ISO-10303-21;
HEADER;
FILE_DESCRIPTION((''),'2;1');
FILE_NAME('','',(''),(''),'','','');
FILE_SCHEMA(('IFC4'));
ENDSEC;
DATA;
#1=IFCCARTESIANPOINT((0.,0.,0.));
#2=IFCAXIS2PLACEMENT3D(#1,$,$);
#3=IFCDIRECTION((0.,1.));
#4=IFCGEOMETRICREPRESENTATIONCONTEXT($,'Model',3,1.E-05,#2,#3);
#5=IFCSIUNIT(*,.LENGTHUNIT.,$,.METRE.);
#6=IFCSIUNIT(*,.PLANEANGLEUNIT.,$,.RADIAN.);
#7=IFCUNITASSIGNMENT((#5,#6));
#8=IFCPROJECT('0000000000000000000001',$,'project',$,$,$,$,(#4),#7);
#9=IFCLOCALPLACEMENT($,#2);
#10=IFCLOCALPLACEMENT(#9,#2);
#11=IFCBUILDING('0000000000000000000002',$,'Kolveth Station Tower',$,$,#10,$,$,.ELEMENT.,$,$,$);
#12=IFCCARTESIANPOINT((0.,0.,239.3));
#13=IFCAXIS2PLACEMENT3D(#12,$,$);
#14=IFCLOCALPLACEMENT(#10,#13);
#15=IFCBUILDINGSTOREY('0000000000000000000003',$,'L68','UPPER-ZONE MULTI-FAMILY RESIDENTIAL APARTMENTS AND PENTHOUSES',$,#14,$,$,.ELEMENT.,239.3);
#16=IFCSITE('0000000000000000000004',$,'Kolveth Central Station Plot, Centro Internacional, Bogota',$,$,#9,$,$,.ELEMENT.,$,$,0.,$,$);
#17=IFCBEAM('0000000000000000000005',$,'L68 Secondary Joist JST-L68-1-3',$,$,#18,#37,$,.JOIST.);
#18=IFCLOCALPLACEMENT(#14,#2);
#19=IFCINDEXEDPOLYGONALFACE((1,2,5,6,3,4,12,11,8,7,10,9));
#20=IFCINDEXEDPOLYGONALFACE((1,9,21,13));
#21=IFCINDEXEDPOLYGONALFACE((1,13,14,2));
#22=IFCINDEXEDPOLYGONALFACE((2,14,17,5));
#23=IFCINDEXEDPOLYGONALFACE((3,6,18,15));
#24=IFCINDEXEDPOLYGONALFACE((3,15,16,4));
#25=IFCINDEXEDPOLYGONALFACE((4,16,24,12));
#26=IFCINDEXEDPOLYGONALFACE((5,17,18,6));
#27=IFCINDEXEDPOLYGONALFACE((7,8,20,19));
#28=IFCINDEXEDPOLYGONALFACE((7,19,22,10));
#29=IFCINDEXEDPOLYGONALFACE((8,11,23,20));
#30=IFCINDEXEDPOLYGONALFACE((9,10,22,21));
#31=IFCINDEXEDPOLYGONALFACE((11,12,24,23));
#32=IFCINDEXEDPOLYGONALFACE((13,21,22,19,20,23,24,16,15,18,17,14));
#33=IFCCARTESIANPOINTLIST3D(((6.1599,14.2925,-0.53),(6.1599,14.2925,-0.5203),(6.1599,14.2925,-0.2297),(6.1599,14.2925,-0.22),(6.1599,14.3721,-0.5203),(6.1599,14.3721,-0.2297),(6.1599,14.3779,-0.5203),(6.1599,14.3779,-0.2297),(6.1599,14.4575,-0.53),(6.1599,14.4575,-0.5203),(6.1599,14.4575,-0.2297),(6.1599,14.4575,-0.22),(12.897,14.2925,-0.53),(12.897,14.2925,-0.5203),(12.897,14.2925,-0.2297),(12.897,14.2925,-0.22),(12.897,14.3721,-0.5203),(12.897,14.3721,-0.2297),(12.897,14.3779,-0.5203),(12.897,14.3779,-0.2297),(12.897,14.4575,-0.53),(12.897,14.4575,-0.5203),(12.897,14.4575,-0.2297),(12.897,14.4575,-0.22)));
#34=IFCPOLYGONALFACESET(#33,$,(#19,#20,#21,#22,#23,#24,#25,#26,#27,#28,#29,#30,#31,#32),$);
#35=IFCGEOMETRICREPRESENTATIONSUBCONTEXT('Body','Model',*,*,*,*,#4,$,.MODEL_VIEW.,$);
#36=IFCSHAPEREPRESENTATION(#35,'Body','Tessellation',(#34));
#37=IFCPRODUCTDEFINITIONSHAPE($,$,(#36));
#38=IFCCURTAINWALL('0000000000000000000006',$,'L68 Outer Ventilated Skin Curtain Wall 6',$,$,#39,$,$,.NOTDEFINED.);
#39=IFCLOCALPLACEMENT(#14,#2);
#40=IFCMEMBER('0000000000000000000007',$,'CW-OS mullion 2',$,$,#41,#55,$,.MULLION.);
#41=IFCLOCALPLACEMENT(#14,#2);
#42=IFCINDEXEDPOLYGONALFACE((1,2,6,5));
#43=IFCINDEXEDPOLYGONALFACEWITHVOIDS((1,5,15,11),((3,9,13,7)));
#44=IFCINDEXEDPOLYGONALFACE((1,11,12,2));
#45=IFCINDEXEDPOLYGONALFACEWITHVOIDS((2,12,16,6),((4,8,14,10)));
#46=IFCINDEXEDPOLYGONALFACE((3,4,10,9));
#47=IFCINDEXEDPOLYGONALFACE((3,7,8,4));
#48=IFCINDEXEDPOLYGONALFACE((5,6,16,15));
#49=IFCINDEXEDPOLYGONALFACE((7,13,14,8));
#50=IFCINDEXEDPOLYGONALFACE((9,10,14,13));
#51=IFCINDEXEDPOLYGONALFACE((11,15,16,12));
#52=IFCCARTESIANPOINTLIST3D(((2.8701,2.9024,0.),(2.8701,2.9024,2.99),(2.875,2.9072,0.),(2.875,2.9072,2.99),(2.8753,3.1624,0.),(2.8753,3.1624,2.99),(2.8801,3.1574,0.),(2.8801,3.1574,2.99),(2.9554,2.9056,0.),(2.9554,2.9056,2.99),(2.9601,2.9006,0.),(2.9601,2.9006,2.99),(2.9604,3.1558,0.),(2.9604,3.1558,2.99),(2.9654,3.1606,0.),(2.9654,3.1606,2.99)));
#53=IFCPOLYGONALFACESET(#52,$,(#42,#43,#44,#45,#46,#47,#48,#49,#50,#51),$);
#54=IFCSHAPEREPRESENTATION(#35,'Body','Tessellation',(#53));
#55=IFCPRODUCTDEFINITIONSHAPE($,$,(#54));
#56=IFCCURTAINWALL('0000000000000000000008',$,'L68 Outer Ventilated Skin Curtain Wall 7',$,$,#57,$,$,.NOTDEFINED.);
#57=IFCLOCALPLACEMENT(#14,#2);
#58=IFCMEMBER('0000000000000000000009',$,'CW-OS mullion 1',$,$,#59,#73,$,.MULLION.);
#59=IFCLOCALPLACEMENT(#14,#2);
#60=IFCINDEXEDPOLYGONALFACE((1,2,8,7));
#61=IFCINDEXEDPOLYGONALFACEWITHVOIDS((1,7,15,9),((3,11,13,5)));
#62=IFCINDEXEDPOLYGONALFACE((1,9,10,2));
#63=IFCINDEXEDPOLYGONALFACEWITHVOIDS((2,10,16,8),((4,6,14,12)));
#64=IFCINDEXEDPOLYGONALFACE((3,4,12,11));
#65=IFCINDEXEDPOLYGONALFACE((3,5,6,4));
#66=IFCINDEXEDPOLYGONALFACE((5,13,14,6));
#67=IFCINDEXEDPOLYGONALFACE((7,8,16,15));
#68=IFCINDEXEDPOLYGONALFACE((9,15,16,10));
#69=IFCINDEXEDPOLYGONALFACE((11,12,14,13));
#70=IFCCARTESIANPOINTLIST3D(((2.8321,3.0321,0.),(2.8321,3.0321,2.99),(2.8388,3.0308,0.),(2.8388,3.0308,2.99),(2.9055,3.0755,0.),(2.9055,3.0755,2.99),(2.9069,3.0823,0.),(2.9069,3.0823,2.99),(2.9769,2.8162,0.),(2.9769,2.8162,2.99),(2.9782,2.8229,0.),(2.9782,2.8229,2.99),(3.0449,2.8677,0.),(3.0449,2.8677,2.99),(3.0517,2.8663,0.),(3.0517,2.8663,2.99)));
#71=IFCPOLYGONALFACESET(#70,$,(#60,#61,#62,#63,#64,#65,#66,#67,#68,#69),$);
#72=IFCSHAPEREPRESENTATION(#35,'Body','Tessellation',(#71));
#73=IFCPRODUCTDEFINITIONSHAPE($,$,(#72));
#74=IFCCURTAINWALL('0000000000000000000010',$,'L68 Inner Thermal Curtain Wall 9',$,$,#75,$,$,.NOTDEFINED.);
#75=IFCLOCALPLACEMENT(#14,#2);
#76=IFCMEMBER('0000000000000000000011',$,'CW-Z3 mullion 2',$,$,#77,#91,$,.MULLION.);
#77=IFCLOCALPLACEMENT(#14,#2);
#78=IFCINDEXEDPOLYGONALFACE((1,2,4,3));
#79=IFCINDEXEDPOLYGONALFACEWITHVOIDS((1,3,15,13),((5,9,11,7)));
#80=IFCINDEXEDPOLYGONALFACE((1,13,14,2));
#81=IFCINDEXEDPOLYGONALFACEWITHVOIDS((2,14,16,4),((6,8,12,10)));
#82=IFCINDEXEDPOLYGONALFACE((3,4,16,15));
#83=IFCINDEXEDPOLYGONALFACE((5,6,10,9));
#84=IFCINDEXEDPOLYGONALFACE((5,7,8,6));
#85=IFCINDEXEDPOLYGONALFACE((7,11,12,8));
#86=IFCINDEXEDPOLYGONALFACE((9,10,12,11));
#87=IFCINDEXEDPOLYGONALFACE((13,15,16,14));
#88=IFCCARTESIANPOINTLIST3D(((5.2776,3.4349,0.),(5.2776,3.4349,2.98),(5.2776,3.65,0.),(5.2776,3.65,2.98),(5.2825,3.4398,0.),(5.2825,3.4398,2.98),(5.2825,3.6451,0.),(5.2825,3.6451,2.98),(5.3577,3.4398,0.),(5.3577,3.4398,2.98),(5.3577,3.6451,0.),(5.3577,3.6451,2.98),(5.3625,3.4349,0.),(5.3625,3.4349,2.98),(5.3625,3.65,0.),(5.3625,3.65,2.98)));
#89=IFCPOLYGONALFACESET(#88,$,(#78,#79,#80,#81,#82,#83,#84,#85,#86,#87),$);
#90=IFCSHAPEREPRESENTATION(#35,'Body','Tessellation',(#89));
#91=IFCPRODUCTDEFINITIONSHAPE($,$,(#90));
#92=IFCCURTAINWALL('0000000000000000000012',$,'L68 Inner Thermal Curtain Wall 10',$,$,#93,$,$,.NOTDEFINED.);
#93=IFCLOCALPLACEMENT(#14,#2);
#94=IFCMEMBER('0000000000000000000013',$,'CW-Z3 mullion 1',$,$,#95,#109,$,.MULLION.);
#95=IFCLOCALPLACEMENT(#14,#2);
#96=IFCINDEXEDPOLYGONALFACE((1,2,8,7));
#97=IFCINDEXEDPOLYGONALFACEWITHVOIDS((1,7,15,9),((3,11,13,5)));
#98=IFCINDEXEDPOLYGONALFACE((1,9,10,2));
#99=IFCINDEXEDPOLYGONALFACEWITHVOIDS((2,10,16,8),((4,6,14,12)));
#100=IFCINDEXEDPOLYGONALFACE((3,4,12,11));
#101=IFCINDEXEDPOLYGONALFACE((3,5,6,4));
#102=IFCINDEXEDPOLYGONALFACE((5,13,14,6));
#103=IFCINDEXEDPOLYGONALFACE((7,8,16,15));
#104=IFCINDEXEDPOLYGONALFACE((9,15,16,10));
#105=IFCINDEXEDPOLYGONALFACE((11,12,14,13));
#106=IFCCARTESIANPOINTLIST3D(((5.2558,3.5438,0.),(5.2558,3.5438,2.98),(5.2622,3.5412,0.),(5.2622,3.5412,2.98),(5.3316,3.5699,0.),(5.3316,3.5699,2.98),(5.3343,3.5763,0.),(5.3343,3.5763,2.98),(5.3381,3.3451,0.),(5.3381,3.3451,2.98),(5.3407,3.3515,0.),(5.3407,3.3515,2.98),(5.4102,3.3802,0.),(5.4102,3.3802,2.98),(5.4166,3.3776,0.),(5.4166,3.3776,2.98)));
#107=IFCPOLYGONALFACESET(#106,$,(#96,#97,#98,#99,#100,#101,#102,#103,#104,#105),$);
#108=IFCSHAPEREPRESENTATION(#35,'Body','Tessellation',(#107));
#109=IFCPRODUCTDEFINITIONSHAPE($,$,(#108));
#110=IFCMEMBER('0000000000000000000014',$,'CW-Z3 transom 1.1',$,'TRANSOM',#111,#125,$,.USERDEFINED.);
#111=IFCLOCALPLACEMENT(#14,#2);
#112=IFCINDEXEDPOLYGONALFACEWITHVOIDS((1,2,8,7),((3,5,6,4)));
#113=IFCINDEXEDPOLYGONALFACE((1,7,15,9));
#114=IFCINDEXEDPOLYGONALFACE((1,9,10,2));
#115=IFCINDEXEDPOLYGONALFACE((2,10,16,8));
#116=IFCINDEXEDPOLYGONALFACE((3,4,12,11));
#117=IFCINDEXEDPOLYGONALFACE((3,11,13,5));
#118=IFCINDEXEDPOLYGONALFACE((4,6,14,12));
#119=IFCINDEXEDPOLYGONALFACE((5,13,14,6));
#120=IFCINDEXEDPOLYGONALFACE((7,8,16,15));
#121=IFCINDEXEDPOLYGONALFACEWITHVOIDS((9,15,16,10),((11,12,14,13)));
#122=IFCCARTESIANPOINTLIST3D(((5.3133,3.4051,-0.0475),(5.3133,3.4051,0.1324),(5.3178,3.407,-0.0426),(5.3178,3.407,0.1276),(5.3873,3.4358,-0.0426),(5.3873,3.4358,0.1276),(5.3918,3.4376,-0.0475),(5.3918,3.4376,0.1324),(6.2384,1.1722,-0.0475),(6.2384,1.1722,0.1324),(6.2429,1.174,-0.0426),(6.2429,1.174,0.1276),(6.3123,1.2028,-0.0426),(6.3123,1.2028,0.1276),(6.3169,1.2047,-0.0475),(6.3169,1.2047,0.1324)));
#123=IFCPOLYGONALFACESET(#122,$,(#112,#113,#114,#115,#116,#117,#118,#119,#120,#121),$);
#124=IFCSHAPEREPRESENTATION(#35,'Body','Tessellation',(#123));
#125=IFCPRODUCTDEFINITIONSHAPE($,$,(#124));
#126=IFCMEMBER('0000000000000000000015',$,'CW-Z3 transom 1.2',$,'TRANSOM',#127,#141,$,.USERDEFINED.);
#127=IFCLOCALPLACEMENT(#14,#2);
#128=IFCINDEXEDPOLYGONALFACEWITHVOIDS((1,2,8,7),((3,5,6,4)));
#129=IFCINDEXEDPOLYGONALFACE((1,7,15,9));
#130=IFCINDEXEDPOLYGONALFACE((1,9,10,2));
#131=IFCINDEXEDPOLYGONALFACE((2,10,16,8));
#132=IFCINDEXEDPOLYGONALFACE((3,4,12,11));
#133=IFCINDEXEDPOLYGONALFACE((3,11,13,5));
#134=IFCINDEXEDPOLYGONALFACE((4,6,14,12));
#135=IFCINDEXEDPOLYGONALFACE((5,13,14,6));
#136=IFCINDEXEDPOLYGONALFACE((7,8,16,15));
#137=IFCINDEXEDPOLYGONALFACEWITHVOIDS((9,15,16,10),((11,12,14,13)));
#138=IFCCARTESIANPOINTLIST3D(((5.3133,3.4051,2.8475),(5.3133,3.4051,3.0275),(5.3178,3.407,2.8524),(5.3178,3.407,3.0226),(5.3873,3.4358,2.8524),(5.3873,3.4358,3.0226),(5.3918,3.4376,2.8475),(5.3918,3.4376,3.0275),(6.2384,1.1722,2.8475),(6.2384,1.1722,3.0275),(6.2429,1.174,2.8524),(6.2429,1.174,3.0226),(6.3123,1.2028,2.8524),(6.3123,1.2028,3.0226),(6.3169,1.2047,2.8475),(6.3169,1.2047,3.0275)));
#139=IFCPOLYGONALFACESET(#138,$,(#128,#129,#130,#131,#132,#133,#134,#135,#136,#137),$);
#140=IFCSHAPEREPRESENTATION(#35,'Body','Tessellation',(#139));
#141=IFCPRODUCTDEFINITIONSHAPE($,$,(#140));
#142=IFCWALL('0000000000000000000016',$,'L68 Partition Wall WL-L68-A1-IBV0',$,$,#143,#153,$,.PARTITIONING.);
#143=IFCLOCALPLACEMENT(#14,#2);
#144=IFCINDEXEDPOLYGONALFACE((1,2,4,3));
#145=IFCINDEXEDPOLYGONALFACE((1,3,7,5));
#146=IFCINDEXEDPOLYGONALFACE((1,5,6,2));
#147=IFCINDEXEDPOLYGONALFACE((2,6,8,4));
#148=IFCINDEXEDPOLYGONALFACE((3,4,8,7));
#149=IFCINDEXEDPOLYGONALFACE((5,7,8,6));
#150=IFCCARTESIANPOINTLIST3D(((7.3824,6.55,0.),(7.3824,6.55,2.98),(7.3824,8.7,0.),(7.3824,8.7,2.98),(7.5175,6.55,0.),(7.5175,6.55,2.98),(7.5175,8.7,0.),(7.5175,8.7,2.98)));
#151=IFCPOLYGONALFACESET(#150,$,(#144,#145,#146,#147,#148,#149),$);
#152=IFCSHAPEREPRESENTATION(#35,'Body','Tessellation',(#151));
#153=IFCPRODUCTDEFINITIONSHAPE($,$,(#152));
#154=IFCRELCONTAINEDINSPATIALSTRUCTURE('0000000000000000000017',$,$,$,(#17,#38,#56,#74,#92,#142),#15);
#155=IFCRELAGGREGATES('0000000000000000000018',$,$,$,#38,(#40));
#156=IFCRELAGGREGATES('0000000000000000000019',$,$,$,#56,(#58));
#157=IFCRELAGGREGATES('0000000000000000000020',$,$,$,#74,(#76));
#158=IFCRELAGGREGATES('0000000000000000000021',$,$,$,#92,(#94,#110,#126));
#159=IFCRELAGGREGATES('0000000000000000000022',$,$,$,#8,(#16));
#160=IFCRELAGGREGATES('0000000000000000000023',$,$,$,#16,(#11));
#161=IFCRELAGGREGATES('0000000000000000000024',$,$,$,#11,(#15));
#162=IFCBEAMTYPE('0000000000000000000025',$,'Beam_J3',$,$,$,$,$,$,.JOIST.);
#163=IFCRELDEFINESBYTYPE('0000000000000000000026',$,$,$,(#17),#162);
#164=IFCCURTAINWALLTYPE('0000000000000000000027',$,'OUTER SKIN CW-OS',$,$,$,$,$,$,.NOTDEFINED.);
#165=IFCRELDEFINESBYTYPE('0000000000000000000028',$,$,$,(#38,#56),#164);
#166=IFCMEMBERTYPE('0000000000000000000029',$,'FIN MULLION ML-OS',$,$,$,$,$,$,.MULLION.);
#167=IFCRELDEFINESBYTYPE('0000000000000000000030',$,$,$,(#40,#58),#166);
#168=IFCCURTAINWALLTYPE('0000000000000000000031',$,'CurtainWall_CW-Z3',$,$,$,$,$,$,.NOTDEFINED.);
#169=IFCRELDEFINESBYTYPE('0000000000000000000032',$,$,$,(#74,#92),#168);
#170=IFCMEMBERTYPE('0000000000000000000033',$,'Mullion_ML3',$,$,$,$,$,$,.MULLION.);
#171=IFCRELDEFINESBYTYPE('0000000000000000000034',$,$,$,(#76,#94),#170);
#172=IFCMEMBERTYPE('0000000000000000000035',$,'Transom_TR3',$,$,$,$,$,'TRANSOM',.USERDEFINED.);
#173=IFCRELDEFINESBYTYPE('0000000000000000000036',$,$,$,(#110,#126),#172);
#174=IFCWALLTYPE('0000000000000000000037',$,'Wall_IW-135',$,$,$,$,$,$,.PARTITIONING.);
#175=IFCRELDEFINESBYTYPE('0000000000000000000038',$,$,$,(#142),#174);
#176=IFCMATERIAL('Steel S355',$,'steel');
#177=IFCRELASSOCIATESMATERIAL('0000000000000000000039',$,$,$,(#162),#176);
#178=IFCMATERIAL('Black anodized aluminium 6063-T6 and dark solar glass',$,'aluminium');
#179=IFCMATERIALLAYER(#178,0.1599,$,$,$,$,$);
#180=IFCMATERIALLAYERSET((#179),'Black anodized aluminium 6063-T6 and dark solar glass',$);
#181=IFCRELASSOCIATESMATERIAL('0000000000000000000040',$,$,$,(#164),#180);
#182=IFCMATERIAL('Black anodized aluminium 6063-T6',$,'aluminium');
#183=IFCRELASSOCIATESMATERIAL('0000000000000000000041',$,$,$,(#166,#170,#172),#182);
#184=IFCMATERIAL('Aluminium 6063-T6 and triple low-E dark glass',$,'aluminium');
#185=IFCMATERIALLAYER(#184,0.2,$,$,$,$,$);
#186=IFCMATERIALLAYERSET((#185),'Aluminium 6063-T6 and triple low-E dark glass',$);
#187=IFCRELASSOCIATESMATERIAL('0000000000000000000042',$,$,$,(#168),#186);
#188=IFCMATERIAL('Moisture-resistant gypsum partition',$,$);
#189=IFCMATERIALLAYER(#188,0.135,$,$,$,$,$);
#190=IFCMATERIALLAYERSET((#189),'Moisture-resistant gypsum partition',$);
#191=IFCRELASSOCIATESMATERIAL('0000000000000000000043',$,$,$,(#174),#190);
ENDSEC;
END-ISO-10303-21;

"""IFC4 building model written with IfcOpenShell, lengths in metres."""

from ifc_helpers import new_model, si_unit, direction, frame, frame_2d, origin, origin_2d, place, context, subcontext, project, spatial, rectangle, hollow_rectangle, i_section, extrude, source, transform, mapped, material, layer, layer_set, material_profile, profile_set, type_object, element, aggregate, save


model = new_model("IFC4")

# Units and contexts
model_context = context("Model", 3, precision=1e-05, world=origin(), true_north=direction((0.0, 1.0)))
body_context = subcontext(model_context, "Body", "Model", "MODEL_VIEW")
ifc_project = project(units=[si_unit("LENGTHUNIT", "METRE"), si_unit("PLANEANGLEUNIT", "RADIAN")], contexts=[model_context])

# Site, building, storey
site_placement = place(None, origin())
site = spatial("IfcSite", under=ifc_project, at=site_placement, Name="Kolveth Central Station Plot, Centro Internacional, Bogota", CompositionType="ELEMENT", RefElevation=0.0)
building_placement = place(site_placement, origin())
building = spatial("IfcBuilding", under=site, at=building_placement, Name="Kolveth Station Tower", CompositionType="ELEMENT")
storey_placement = place(building_placement, frame((0.0, 0.0, 239.3)))
storey = spatial("IfcBuildingStorey", under=building, at=storey_placement, Name="L68", Description="UPPER-ZONE MULTI-FAMILY RESIDENTIAL APARTMENTS AND PENTHOUSES", CompositionType="ELEMENT", Elevation=239.3)

# Shared definitions
ifc_material_1 = material(Name="Steel S355", Category="steel")

# Beam
ifc_material_profile_1 = material_profile(ifc_material_1, i_section(OverallWidth=0.165, OverallDepth=0.3101, WebThickness=0.0059, FlangeThickness=0.0098, at=origin_2d()), Name="W310x39")
ifc_profile_set_1 = profile_set([ifc_material_profile_1], Name="Steel S355")
beam_type_1 = type_object("IfcBeamType", Name="Beam_J3", PredefinedType="JOIST", material=ifc_profile_set_1)
shared_shape_1 = source(origin(), body_context, "Body", "SweptSolid", [
    extrude(i_section(OverallWidth=0.165, OverallDepth=0.3101, WebThickness=0.0059, FlangeThickness=0.0098, at=origin_2d()), origin(), (0.0, 0.0, 1.0), 6.7371),
])
for number, where, z_axis, x_axis, name in (
    (1, (6.1599, 14.375, -0.375), (1.0, 0.0, 0.0), (0.0, 1.0, 0.0), "L68 Secondary Joist JST-L68-1-3"),
):
    element("IfcBeam", number, at=place(storey_placement, frame(where, z_axis=z_axis, x_axis=x_axis)), inside=storey, type_object=beam_type_1, Name=name, PredefinedType="JOIST", context=body_context, shape_type="MappedRepresentation", body=[
        mapped(shared_shape_1, transform((0.0, 0.0, 0.0), x_axis=(1.0, 0.0, 0.0), y_axis=(0.0, 1.0, 0.0), z_axis=(0.0, 0.0, 1.0), scale=1.0)),
    ])

# Curtain walls, members
ifc_material_2 = material(Name="Black anodized aluminium 6063-T6 and dark solar glass", Category="aluminium")
ifc_layer_1 = layer(ifc_material_2, 0.1599)
ifc_layer_set_1 = layer_set([ifc_layer_1], Name="Black anodized aluminium 6063-T6 and dark solar glass")
curtain_wall_type_1 = type_object("IfcCurtainWallType", Name="OUTER SKIN CW-OS", PredefinedType="NOTDEFINED", material=ifc_layer_set_1)
curtain_wall_1_placement = place(storey_placement, origin())
curtain_wall_1 = element("IfcCurtainWall", 2, at=curtain_wall_1_placement, inside=storey, type_object=curtain_wall_type_1, Name="L68 Outer Ventilated Skin Curtain Wall 6", PredefinedType="NOTDEFINED")
ifc_material_3 = material(Name="Black anodized aluminium 6063-T6", Category="aluminium")
ifc_material_profile_2 = material_profile(ifc_material_3, hollow_rectangle(XDim=0.0901, YDim=0.26, WallThickness=0.0049, at=origin_2d()), Name="ALU-90x260x5")
ifc_profile_set_2 = profile_set([ifc_material_profile_2], Name="Black anodized aluminium 6063-T6")
member_type_1 = type_object("IfcMemberType", Name="FIN MULLION ML-OS", PredefinedType="MULLION", material=ifc_profile_set_2)
shared_shape_2 = source(origin(), body_context, "Body", "SweptSolid", [
    extrude(hollow_rectangle(XDim=0.0901, YDim=0.26, WallThickness=0.0049, at=origin_2d()), origin(), (0.0, 0.0, 1.0), 2.99),
])
member_1_placement = place(storey_placement, frame((2.9177, 3.0315, 0.0), z_axis=(0.0, 0.0, 1.0), x_axis=(0.999796, -0.020198, 0.0)))
member_1 = element("IfcMember", 3, at=member_1_placement, type_object=member_type_1, Name="CW-OS mullion 2", PredefinedType="MULLION", context=body_context, shape_type="MappedRepresentation", body=[
    mapped(shared_shape_2, transform((0.0, 0.0, 0.0), x_axis=(1.0, 0.0, 0.0), y_axis=(0.0, 1.0, 0.0), z_axis=(0.0, 0.0, 1.0), scale=1.0)),
])
aggregate(curtain_wall_1, [member_1])
curtain_wall_2_placement = place(storey_placement, origin())
curtain_wall_2 = element("IfcCurtainWall", 4, at=curtain_wall_2_placement, inside=storey, type_object=curtain_wall_type_1, Name="L68 Outer Ventilated Skin Curtain Wall 7", PredefinedType="NOTDEFINED")
member_2_placement = place(storey_placement, frame((2.9419, 2.9492, 0.0), z_axis=(0.0, 0.0, 1.0), x_axis=(0.830458, 0.557081, 0.0)))
member_2 = element("IfcMember", 5, at=member_2_placement, type_object=member_type_1, Name="CW-OS mullion 1", PredefinedType="MULLION", context=body_context, shape_type="MappedRepresentation", body=[
    mapped(shared_shape_2, transform((0.0, 0.0, 0.0), x_axis=(1.0, 0.0, 0.0), y_axis=(0.0, 1.0, 0.0), z_axis=(0.0, 0.0, 1.0), scale=1.0)),
])
aggregate(curtain_wall_2, [member_2])
ifc_material_4 = material(Name="Aluminium 6063-T6 and triple low-E dark glass", Category="aluminium")
ifc_layer_2 = layer(ifc_material_4, 0.2)
ifc_layer_set_2 = layer_set([ifc_layer_2], Name="Aluminium 6063-T6 and triple low-E dark glass")
curtain_wall_type_2 = type_object("IfcCurtainWallType", Name="CurtainWall_CW-Z3", PredefinedType="NOTDEFINED", material=ifc_layer_set_2)
curtain_wall_3_placement = place(storey_placement, origin())
curtain_wall_3 = element("IfcCurtainWall", 6, at=curtain_wall_3_placement, inside=storey, type_object=curtain_wall_type_2, Name="L68 Inner Thermal Curtain Wall 9", PredefinedType="NOTDEFINED")
ifc_material_profile_3 = material_profile(ifc_material_3, hollow_rectangle(XDim=0.085, YDim=0.2151, WallThickness=0.0049, at=origin_2d()), Name="ALU-85x215x5")
ifc_profile_set_3 = profile_set([ifc_material_profile_3], Name="Black anodized aluminium 6063-T6")
member_type_2 = type_object("IfcMemberType", Name="Mullion_ML3", PredefinedType="MULLION", material=ifc_profile_set_3)
shared_shape_3 = source(origin(), body_context, "Body", "SweptSolid", [
    extrude(hollow_rectangle(XDim=0.085, YDim=0.2151, WallThickness=0.0049, at=origin_2d()), origin(), (0.0, 0.0, 1.0), 2.98),
])
member_3_placement = place(storey_placement, frame((5.3201, 3.5425, 0.0), z_axis=(0.0, 0.0, 1.0), x_axis=(1.0, 0.0, 0.0)))
member_3 = element("IfcMember", 7, at=member_3_placement, type_object=member_type_2, Name="CW-Z3 mullion 2", PredefinedType="MULLION", context=body_context, shape_type="MappedRepresentation", body=[
    mapped(shared_shape_3, transform((0.0, 0.0, 0.0), x_axis=(1.0, 0.0, 0.0), y_axis=(0.0, 1.0, 0.0), z_axis=(0.0, 0.0, 1.0), scale=1.0)),
])
aggregate(curtain_wall_3, [member_3])

# Curtain wall, members
curtain_wall_4_placement = place(storey_placement, origin())
curtain_wall_4 = element("IfcCurtainWall", 8, at=curtain_wall_4_placement, inside=storey, type_object=curtain_wall_type_2, Name="L68 Inner Thermal Curtain Wall 10", PredefinedType="NOTDEFINED")
member_4_placement = place(storey_placement, frame((5.3362, 3.4607, 0.0), z_axis=(0.0, 0.0, 1.0), x_axis=(0.923875, 0.382693, 0.0)))
member_4 = element("IfcMember", 9, at=member_4_placement, type_object=member_type_2, Name="CW-Z3 mullion 1", PredefinedType="MULLION", context=body_context, shape_type="MappedRepresentation", body=[
    mapped(shared_shape_3, transform((0.0, 0.0, 0.0), x_axis=(1.0, 0.0, 0.0), y_axis=(0.0, 1.0, 0.0), z_axis=(0.0, 0.0, 1.0), scale=1.0)),
])
ifc_material_profile_4 = material_profile(ifc_material_3, hollow_rectangle(XDim=0.085, YDim=0.1799, WallThickness=0.0049, at=origin_2d()), Name="ALU-85x180x5")
ifc_profile_set_4 = profile_set([ifc_material_profile_4], Name="Black anodized aluminium 6063-T6")
member_type_3 = type_object("IfcMemberType", Name="Transom_TR3", ElementType="TRANSOM", PredefinedType="USERDEFINED", material=ifc_profile_set_4)
shared_shape_4 = source(origin(), body_context, "Body", "SweptSolid", [
    extrude(hollow_rectangle(XDim=0.085, YDim=0.1799, WallThickness=0.0049, at=origin_2d()), origin(), (0.0, 0.0, 1.0), 2.417),
])
member_5_placement = place(storey_placement, frame((5.3525, 3.4214, 0.0425), z_axis=(0.382735, -0.923858, 0.0), x_axis=(0.923858, 0.382735, 0.0)))
member_5 = element("IfcMember", 10, at=member_5_placement, type_object=member_type_3, Name="CW-Z3 transom 1.1", ObjectType="TRANSOM", PredefinedType="USERDEFINED", context=body_context, shape_type="MappedRepresentation", body=[
    mapped(shared_shape_4, transform((0.0, 0.0, 0.0), x_axis=(1.0, 0.0, 0.0), y_axis=(0.0, 1.0, 0.0), z_axis=(0.0, 0.0, 1.0), scale=1.0)),
])
member_6_placement = place(storey_placement, frame((5.3525, 3.4214, 2.9375), z_axis=(0.382735, -0.923858, 0.0), x_axis=(0.923858, 0.382735, 0.0)))
member_6 = element("IfcMember", 11, at=member_6_placement, type_object=member_type_3, Name="CW-Z3 transom 1.2", ObjectType="TRANSOM", PredefinedType="USERDEFINED", context=body_context, shape_type="MappedRepresentation", body=[
    mapped(shared_shape_4, transform((0.0, 0.0, 0.0), x_axis=(1.0, 0.0, 0.0), y_axis=(0.0, 1.0, 0.0), z_axis=(0.0, 0.0, 1.0), scale=1.0)),
])
aggregate(curtain_wall_4, [member_4, member_5, member_6])

# Shared definitions
ifc_material_5 = material(Name="Moisture-resistant gypsum partition")
ifc_layer_3 = layer(ifc_material_5, 0.135)
ifc_layer_set_3 = layer_set([ifc_layer_3], Name="Moisture-resistant gypsum partition")
wall_type_1 = type_object("IfcWallType", Name="Wall_IW-135", PredefinedType="PARTITIONING", material=ifc_layer_set_3)

# Wall
wall_1_placement = place(storey_placement, frame((7.45, 6.55, 0.0), z_axis=(0.0, 0.0, 1.0), x_axis=(0.0, 1.0, 0.0)))
element("IfcWall", 12, at=wall_1_placement, inside=storey, type_object=wall_type_1, Name="L68 Partition Wall WL-L68-A1-IBV0", PredefinedType="PARTITIONING", context=body_context, shape_type="SweptSolid", body=[
    extrude(rectangle(XDim=2.1499, YDim=0.135, at=frame_2d((1.075, 0.0))), origin(), (0.0, 0.0, 1.0), 2.98),
])

save(model, "model.ifc")
